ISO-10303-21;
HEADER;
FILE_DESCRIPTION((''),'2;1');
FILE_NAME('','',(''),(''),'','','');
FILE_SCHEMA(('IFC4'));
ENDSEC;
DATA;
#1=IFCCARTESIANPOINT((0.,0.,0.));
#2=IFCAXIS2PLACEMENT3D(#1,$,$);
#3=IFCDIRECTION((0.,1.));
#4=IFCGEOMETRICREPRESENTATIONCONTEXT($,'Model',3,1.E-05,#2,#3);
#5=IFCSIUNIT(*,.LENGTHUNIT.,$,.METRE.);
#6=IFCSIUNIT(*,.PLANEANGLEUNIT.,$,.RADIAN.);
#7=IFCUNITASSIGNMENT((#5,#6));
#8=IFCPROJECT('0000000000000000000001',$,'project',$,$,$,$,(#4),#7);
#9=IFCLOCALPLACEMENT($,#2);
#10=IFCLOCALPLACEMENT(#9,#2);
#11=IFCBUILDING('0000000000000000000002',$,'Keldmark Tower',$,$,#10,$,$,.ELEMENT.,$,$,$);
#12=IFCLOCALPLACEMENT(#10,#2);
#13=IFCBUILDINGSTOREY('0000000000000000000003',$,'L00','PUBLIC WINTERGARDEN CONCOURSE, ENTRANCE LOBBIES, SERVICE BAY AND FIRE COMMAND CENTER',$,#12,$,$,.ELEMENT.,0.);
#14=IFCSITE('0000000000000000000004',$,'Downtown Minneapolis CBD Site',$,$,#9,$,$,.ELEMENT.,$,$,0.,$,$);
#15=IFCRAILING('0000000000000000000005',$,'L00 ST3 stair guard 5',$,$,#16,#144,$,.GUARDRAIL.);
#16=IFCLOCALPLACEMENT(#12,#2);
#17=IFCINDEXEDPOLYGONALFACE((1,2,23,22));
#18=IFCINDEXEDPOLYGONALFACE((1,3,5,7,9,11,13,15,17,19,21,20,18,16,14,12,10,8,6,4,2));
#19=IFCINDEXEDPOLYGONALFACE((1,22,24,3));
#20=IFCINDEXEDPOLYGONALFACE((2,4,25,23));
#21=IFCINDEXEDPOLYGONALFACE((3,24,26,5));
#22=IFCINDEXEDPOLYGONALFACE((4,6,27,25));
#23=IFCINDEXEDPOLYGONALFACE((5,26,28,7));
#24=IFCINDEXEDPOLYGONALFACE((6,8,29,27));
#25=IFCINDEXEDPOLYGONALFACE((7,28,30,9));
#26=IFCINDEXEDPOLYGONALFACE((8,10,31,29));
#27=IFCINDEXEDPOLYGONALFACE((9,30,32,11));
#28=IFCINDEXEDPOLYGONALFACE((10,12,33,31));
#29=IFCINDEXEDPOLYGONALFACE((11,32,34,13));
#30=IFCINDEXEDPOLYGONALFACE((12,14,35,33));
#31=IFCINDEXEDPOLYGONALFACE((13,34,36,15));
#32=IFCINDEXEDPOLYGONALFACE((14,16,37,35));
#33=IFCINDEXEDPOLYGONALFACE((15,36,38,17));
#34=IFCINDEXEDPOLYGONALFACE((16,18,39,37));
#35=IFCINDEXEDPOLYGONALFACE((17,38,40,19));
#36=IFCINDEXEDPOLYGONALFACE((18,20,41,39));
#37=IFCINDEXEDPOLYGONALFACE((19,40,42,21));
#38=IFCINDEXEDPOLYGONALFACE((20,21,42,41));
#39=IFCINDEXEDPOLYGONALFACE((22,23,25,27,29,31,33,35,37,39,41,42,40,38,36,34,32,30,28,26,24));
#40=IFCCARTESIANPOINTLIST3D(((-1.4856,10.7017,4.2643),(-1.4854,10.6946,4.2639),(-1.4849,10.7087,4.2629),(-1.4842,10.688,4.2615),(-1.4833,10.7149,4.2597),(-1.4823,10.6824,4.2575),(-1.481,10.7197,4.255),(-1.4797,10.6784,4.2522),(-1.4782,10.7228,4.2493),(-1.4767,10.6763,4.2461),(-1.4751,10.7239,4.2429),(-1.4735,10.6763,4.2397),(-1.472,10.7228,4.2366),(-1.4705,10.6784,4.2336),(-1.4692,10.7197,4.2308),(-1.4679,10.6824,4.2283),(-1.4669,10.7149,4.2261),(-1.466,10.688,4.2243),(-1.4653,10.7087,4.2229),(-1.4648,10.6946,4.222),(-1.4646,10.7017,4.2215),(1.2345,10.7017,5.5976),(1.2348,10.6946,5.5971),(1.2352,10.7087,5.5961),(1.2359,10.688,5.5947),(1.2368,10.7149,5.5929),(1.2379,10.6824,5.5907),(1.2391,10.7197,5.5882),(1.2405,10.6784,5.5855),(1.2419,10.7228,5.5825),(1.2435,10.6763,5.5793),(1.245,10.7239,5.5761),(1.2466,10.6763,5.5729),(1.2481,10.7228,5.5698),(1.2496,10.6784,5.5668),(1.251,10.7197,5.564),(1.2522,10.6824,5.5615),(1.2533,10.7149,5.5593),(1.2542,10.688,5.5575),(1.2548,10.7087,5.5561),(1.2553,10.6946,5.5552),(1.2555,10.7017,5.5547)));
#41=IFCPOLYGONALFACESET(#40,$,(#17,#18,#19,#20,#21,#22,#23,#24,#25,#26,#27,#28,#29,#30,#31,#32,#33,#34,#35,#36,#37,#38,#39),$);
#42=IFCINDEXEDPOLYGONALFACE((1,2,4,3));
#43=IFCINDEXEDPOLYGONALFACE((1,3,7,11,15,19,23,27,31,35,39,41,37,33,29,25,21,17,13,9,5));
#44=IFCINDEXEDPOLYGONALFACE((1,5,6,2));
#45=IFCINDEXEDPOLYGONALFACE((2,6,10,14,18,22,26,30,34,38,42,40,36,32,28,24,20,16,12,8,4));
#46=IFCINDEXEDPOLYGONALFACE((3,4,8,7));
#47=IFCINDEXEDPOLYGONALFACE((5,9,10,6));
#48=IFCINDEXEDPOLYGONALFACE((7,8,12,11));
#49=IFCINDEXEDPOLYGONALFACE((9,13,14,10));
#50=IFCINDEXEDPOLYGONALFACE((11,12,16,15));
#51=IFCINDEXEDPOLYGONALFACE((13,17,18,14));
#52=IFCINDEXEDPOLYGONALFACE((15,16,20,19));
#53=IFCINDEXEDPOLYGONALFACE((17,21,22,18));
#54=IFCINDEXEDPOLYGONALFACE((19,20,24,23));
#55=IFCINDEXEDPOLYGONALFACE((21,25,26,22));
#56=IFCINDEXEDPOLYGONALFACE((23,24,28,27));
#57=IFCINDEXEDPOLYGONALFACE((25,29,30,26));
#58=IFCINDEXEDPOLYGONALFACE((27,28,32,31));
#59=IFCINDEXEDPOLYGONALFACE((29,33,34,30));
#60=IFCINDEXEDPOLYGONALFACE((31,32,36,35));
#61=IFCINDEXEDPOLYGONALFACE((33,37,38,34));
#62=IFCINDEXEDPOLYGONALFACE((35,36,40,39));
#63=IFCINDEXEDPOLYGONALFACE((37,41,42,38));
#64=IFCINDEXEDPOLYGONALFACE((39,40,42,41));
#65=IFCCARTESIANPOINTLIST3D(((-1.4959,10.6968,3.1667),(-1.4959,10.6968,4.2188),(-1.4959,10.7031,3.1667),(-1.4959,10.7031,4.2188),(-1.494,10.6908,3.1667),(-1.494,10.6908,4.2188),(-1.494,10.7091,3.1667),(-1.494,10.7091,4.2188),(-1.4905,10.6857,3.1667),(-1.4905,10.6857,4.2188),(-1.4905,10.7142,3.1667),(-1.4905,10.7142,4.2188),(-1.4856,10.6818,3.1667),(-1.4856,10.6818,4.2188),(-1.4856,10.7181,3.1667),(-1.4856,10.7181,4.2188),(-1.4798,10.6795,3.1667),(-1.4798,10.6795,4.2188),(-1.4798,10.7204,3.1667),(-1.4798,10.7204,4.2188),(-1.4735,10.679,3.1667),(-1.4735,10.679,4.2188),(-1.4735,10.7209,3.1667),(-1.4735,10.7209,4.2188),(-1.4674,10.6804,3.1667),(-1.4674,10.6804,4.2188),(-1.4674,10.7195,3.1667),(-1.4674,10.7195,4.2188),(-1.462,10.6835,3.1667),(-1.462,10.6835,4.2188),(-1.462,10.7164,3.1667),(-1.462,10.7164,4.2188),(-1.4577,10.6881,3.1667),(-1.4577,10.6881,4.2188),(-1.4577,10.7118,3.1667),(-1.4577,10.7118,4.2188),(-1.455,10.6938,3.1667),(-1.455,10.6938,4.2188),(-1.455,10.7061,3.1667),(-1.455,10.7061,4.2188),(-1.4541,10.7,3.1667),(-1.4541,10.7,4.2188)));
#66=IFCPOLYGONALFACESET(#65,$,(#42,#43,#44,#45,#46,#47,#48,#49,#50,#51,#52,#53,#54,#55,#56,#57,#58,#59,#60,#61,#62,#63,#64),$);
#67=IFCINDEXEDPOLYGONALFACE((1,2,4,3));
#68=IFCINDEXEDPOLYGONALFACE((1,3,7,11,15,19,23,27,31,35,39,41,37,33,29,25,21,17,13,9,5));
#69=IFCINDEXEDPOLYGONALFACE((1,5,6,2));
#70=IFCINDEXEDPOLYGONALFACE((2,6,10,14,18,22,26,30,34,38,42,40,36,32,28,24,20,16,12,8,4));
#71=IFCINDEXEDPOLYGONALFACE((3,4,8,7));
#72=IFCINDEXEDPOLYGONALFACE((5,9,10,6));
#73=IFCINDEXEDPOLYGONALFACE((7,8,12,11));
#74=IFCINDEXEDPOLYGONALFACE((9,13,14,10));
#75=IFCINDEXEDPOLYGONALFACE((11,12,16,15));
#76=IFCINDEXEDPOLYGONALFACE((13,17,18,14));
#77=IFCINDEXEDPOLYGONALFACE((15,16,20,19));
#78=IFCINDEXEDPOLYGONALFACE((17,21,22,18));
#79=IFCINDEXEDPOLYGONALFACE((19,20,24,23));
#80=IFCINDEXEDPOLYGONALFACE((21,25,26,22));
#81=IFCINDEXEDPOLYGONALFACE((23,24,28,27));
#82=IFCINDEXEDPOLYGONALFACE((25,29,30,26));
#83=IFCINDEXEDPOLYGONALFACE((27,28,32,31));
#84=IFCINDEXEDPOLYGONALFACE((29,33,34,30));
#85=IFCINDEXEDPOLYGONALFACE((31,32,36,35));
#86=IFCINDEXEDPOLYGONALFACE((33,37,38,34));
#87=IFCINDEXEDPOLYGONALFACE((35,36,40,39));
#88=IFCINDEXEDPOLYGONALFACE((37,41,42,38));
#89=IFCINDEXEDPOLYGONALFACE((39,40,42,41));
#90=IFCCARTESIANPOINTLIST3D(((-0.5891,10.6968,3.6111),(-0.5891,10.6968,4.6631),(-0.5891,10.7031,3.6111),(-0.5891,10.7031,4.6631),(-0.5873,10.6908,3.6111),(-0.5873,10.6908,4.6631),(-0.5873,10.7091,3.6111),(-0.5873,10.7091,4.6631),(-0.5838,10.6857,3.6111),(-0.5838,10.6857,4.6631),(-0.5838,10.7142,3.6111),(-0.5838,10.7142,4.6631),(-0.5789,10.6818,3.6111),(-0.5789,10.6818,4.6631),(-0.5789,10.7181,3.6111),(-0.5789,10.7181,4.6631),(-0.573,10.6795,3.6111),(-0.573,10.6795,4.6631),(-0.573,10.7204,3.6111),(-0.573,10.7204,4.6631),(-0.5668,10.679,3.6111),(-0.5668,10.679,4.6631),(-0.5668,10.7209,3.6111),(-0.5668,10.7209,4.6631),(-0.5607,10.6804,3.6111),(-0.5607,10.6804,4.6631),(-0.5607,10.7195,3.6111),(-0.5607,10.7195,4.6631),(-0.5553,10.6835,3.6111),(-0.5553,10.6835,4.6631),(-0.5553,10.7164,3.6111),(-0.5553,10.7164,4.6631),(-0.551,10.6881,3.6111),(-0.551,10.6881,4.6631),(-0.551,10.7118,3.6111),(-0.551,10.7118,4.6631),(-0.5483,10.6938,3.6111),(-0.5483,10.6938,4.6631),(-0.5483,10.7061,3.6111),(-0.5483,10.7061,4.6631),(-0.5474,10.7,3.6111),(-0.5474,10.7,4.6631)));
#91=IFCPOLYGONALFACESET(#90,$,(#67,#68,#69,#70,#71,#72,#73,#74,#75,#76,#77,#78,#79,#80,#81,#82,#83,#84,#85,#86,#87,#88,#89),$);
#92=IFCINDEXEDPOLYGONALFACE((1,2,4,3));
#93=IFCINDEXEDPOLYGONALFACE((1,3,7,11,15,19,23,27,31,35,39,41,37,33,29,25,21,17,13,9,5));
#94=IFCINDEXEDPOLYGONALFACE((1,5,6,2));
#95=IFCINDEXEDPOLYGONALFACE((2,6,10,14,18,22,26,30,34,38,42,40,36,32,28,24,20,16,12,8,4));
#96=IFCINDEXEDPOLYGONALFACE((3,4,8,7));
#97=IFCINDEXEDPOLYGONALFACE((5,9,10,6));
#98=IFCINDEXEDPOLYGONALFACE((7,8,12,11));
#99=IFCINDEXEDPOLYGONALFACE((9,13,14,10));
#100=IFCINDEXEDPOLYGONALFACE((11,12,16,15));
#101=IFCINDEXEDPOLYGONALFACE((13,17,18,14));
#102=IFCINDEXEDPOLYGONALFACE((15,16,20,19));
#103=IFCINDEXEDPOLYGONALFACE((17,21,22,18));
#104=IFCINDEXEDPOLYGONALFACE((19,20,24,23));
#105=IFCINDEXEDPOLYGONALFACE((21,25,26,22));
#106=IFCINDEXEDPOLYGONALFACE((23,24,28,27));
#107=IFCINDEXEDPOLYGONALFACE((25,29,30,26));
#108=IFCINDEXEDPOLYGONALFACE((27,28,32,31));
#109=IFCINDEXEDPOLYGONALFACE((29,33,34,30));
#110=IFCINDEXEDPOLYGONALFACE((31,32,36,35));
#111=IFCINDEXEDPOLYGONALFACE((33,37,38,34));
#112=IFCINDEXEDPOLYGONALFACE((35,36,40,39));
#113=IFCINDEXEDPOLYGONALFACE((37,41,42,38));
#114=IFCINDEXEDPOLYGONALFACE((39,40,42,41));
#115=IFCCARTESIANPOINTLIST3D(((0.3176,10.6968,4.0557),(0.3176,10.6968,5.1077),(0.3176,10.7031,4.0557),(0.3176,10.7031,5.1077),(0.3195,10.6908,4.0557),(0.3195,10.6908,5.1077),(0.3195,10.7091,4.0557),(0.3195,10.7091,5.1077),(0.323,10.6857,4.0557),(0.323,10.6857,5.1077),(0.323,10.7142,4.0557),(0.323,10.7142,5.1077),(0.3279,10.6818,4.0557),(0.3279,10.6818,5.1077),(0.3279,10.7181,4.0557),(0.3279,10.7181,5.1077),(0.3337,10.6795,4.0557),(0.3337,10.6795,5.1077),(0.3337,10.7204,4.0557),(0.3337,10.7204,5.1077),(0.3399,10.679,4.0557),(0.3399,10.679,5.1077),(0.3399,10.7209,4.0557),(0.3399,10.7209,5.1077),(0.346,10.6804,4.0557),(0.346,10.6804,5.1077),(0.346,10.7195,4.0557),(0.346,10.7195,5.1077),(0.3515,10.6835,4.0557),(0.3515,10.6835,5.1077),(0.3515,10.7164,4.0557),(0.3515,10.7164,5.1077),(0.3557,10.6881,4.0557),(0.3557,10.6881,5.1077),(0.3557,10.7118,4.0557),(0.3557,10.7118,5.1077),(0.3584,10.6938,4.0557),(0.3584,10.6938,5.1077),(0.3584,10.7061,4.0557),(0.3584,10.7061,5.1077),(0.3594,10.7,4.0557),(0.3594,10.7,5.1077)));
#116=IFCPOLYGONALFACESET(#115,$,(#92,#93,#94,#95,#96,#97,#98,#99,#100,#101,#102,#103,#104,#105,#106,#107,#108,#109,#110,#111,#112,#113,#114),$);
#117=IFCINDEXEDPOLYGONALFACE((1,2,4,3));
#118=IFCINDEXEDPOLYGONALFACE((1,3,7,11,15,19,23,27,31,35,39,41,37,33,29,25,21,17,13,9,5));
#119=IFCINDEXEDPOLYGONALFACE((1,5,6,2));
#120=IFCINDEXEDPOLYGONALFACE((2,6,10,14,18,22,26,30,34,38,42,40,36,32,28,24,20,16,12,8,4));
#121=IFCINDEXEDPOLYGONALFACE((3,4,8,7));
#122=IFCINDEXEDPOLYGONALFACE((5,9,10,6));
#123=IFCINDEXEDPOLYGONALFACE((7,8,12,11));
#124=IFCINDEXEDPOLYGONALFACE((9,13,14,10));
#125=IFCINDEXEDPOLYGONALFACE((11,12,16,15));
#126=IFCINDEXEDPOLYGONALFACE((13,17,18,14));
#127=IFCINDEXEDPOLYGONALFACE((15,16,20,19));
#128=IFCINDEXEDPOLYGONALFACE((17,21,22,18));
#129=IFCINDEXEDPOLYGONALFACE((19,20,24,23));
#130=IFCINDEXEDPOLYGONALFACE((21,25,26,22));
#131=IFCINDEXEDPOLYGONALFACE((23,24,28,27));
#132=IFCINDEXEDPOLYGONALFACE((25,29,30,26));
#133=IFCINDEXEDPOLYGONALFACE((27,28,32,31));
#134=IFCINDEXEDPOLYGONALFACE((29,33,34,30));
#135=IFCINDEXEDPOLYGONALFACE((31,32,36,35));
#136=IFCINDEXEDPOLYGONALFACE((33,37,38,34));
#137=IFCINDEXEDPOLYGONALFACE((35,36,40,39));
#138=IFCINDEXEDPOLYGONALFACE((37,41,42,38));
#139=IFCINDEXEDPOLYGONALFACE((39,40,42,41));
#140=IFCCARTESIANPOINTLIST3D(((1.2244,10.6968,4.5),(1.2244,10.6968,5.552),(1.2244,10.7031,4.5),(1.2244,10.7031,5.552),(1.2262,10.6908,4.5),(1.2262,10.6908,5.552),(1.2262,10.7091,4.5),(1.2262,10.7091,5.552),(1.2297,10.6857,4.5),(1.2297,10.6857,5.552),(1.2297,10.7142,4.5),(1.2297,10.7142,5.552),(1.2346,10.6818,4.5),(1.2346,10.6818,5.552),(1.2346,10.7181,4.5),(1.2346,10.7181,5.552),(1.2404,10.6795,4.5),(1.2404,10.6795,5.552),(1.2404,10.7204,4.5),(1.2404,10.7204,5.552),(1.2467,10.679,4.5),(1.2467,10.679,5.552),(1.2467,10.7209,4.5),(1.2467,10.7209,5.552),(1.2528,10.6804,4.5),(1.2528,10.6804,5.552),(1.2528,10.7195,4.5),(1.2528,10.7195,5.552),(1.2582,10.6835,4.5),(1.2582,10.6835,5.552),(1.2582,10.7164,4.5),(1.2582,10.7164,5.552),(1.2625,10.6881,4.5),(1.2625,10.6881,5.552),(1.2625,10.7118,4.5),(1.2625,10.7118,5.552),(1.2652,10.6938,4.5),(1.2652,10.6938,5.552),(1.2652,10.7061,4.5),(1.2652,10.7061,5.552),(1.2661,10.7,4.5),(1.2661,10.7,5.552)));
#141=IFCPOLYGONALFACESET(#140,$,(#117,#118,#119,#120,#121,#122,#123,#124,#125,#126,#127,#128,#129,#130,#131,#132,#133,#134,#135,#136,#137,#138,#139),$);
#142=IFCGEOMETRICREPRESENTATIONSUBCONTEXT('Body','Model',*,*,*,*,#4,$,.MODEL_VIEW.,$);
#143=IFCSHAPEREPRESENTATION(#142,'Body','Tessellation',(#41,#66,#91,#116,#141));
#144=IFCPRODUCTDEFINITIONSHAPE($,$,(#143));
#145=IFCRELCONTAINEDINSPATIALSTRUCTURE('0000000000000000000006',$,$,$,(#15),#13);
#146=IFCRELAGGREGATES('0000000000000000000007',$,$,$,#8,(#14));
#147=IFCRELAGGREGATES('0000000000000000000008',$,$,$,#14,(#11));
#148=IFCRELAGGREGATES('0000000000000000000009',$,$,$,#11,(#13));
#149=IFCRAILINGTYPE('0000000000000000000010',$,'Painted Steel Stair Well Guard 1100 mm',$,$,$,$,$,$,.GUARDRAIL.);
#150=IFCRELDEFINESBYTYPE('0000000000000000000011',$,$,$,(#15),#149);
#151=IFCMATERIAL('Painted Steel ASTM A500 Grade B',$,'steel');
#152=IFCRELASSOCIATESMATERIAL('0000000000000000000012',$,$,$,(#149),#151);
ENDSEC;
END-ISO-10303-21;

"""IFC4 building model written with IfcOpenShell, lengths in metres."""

from ifc_helpers import new_model, si_unit, direction, frame, origin, origin_2d, place, context, subcontext, project, spatial, circle, extrude, material, type_object, element, save


model = new_model("IFC4")

# Units and contexts
model_context = context("Model", 3, precision=1e-05, world=origin(), true_north=direction((0.0, 1.0)))
body_context = subcontext(model_context, "Body", "Model", "MODEL_VIEW")
ifc_project = project(units=[si_unit("LENGTHUNIT", "METRE"), si_unit("PLANEANGLEUNIT", "RADIAN")], contexts=[model_context])

# Site, building, storey
site_placement = place(None, origin())
site = spatial("IfcSite", under=ifc_project, at=site_placement, Name="Downtown Minneapolis CBD Site", CompositionType="ELEMENT", RefElevation=0.0)
building_placement = place(site_placement, origin())
building = spatial("IfcBuilding", under=site, at=building_placement, Name="Keldmark Tower", CompositionType="ELEMENT")
storey_placement = place(building_placement, origin())
storey = spatial("IfcBuildingStorey", under=building, at=storey_placement, Name="L00", Description="PUBLIC WINTERGARDEN CONCOURSE, ENTRANCE LOBBIES, SERVICE BAY AND FIRE COMMAND CENTER", CompositionType="ELEMENT", Elevation=0.0)

# Railing
ifc_material_1 = material(Name="Painted Steel ASTM A500 Grade B", Category="steel")
railing_type = type_object("IfcRailingType", Name="Painted Steel Stair Well Guard 1100 mm", PredefinedType="GUARDRAIL", material=ifc_material_1)
railing_1_placement = place(storey_placement, frame((-1.4751, 10.7, 3.1667)))
element("IfcRailing", 1, at=railing_1_placement, inside=storey, type_object=railing_type, Name="L00 ST3 stair guard 5", PredefinedType="GUARDRAIL", context=body_context, shape_type="SweptSolid", body=[
    extrude(circle(Radius=0.0239, at=origin_2d()), frame((0.0, 0.0, 1.0762), z_axis=(0.897945, 0.0, 0.440108), x_axis=(0.0, 1.0, 0.0)), (0.0, 0.0, 1.0), 3.0293),
    extrude(circle(Radius=0.021, at=origin_2d()), origin(), (0.0, 0.0, 1.0), 1.052),
    extrude(circle(Radius=0.021, at=origin_2d()), frame((0.9067, 0.0, 0.4443)), (0.0, 0.0, 1.0), 1.052),
    extrude(circle(Radius=0.021, at=origin_2d()), frame((1.8135, 0.0, 0.8889)), (0.0, 0.0, 1.0), 1.052),
    extrude(circle(Radius=0.021, at=origin_2d()), frame((2.7202, 0.0, 1.3333)), (0.0, 0.0, 1.0), 1.052),
])

save(model, "model.ifc")
